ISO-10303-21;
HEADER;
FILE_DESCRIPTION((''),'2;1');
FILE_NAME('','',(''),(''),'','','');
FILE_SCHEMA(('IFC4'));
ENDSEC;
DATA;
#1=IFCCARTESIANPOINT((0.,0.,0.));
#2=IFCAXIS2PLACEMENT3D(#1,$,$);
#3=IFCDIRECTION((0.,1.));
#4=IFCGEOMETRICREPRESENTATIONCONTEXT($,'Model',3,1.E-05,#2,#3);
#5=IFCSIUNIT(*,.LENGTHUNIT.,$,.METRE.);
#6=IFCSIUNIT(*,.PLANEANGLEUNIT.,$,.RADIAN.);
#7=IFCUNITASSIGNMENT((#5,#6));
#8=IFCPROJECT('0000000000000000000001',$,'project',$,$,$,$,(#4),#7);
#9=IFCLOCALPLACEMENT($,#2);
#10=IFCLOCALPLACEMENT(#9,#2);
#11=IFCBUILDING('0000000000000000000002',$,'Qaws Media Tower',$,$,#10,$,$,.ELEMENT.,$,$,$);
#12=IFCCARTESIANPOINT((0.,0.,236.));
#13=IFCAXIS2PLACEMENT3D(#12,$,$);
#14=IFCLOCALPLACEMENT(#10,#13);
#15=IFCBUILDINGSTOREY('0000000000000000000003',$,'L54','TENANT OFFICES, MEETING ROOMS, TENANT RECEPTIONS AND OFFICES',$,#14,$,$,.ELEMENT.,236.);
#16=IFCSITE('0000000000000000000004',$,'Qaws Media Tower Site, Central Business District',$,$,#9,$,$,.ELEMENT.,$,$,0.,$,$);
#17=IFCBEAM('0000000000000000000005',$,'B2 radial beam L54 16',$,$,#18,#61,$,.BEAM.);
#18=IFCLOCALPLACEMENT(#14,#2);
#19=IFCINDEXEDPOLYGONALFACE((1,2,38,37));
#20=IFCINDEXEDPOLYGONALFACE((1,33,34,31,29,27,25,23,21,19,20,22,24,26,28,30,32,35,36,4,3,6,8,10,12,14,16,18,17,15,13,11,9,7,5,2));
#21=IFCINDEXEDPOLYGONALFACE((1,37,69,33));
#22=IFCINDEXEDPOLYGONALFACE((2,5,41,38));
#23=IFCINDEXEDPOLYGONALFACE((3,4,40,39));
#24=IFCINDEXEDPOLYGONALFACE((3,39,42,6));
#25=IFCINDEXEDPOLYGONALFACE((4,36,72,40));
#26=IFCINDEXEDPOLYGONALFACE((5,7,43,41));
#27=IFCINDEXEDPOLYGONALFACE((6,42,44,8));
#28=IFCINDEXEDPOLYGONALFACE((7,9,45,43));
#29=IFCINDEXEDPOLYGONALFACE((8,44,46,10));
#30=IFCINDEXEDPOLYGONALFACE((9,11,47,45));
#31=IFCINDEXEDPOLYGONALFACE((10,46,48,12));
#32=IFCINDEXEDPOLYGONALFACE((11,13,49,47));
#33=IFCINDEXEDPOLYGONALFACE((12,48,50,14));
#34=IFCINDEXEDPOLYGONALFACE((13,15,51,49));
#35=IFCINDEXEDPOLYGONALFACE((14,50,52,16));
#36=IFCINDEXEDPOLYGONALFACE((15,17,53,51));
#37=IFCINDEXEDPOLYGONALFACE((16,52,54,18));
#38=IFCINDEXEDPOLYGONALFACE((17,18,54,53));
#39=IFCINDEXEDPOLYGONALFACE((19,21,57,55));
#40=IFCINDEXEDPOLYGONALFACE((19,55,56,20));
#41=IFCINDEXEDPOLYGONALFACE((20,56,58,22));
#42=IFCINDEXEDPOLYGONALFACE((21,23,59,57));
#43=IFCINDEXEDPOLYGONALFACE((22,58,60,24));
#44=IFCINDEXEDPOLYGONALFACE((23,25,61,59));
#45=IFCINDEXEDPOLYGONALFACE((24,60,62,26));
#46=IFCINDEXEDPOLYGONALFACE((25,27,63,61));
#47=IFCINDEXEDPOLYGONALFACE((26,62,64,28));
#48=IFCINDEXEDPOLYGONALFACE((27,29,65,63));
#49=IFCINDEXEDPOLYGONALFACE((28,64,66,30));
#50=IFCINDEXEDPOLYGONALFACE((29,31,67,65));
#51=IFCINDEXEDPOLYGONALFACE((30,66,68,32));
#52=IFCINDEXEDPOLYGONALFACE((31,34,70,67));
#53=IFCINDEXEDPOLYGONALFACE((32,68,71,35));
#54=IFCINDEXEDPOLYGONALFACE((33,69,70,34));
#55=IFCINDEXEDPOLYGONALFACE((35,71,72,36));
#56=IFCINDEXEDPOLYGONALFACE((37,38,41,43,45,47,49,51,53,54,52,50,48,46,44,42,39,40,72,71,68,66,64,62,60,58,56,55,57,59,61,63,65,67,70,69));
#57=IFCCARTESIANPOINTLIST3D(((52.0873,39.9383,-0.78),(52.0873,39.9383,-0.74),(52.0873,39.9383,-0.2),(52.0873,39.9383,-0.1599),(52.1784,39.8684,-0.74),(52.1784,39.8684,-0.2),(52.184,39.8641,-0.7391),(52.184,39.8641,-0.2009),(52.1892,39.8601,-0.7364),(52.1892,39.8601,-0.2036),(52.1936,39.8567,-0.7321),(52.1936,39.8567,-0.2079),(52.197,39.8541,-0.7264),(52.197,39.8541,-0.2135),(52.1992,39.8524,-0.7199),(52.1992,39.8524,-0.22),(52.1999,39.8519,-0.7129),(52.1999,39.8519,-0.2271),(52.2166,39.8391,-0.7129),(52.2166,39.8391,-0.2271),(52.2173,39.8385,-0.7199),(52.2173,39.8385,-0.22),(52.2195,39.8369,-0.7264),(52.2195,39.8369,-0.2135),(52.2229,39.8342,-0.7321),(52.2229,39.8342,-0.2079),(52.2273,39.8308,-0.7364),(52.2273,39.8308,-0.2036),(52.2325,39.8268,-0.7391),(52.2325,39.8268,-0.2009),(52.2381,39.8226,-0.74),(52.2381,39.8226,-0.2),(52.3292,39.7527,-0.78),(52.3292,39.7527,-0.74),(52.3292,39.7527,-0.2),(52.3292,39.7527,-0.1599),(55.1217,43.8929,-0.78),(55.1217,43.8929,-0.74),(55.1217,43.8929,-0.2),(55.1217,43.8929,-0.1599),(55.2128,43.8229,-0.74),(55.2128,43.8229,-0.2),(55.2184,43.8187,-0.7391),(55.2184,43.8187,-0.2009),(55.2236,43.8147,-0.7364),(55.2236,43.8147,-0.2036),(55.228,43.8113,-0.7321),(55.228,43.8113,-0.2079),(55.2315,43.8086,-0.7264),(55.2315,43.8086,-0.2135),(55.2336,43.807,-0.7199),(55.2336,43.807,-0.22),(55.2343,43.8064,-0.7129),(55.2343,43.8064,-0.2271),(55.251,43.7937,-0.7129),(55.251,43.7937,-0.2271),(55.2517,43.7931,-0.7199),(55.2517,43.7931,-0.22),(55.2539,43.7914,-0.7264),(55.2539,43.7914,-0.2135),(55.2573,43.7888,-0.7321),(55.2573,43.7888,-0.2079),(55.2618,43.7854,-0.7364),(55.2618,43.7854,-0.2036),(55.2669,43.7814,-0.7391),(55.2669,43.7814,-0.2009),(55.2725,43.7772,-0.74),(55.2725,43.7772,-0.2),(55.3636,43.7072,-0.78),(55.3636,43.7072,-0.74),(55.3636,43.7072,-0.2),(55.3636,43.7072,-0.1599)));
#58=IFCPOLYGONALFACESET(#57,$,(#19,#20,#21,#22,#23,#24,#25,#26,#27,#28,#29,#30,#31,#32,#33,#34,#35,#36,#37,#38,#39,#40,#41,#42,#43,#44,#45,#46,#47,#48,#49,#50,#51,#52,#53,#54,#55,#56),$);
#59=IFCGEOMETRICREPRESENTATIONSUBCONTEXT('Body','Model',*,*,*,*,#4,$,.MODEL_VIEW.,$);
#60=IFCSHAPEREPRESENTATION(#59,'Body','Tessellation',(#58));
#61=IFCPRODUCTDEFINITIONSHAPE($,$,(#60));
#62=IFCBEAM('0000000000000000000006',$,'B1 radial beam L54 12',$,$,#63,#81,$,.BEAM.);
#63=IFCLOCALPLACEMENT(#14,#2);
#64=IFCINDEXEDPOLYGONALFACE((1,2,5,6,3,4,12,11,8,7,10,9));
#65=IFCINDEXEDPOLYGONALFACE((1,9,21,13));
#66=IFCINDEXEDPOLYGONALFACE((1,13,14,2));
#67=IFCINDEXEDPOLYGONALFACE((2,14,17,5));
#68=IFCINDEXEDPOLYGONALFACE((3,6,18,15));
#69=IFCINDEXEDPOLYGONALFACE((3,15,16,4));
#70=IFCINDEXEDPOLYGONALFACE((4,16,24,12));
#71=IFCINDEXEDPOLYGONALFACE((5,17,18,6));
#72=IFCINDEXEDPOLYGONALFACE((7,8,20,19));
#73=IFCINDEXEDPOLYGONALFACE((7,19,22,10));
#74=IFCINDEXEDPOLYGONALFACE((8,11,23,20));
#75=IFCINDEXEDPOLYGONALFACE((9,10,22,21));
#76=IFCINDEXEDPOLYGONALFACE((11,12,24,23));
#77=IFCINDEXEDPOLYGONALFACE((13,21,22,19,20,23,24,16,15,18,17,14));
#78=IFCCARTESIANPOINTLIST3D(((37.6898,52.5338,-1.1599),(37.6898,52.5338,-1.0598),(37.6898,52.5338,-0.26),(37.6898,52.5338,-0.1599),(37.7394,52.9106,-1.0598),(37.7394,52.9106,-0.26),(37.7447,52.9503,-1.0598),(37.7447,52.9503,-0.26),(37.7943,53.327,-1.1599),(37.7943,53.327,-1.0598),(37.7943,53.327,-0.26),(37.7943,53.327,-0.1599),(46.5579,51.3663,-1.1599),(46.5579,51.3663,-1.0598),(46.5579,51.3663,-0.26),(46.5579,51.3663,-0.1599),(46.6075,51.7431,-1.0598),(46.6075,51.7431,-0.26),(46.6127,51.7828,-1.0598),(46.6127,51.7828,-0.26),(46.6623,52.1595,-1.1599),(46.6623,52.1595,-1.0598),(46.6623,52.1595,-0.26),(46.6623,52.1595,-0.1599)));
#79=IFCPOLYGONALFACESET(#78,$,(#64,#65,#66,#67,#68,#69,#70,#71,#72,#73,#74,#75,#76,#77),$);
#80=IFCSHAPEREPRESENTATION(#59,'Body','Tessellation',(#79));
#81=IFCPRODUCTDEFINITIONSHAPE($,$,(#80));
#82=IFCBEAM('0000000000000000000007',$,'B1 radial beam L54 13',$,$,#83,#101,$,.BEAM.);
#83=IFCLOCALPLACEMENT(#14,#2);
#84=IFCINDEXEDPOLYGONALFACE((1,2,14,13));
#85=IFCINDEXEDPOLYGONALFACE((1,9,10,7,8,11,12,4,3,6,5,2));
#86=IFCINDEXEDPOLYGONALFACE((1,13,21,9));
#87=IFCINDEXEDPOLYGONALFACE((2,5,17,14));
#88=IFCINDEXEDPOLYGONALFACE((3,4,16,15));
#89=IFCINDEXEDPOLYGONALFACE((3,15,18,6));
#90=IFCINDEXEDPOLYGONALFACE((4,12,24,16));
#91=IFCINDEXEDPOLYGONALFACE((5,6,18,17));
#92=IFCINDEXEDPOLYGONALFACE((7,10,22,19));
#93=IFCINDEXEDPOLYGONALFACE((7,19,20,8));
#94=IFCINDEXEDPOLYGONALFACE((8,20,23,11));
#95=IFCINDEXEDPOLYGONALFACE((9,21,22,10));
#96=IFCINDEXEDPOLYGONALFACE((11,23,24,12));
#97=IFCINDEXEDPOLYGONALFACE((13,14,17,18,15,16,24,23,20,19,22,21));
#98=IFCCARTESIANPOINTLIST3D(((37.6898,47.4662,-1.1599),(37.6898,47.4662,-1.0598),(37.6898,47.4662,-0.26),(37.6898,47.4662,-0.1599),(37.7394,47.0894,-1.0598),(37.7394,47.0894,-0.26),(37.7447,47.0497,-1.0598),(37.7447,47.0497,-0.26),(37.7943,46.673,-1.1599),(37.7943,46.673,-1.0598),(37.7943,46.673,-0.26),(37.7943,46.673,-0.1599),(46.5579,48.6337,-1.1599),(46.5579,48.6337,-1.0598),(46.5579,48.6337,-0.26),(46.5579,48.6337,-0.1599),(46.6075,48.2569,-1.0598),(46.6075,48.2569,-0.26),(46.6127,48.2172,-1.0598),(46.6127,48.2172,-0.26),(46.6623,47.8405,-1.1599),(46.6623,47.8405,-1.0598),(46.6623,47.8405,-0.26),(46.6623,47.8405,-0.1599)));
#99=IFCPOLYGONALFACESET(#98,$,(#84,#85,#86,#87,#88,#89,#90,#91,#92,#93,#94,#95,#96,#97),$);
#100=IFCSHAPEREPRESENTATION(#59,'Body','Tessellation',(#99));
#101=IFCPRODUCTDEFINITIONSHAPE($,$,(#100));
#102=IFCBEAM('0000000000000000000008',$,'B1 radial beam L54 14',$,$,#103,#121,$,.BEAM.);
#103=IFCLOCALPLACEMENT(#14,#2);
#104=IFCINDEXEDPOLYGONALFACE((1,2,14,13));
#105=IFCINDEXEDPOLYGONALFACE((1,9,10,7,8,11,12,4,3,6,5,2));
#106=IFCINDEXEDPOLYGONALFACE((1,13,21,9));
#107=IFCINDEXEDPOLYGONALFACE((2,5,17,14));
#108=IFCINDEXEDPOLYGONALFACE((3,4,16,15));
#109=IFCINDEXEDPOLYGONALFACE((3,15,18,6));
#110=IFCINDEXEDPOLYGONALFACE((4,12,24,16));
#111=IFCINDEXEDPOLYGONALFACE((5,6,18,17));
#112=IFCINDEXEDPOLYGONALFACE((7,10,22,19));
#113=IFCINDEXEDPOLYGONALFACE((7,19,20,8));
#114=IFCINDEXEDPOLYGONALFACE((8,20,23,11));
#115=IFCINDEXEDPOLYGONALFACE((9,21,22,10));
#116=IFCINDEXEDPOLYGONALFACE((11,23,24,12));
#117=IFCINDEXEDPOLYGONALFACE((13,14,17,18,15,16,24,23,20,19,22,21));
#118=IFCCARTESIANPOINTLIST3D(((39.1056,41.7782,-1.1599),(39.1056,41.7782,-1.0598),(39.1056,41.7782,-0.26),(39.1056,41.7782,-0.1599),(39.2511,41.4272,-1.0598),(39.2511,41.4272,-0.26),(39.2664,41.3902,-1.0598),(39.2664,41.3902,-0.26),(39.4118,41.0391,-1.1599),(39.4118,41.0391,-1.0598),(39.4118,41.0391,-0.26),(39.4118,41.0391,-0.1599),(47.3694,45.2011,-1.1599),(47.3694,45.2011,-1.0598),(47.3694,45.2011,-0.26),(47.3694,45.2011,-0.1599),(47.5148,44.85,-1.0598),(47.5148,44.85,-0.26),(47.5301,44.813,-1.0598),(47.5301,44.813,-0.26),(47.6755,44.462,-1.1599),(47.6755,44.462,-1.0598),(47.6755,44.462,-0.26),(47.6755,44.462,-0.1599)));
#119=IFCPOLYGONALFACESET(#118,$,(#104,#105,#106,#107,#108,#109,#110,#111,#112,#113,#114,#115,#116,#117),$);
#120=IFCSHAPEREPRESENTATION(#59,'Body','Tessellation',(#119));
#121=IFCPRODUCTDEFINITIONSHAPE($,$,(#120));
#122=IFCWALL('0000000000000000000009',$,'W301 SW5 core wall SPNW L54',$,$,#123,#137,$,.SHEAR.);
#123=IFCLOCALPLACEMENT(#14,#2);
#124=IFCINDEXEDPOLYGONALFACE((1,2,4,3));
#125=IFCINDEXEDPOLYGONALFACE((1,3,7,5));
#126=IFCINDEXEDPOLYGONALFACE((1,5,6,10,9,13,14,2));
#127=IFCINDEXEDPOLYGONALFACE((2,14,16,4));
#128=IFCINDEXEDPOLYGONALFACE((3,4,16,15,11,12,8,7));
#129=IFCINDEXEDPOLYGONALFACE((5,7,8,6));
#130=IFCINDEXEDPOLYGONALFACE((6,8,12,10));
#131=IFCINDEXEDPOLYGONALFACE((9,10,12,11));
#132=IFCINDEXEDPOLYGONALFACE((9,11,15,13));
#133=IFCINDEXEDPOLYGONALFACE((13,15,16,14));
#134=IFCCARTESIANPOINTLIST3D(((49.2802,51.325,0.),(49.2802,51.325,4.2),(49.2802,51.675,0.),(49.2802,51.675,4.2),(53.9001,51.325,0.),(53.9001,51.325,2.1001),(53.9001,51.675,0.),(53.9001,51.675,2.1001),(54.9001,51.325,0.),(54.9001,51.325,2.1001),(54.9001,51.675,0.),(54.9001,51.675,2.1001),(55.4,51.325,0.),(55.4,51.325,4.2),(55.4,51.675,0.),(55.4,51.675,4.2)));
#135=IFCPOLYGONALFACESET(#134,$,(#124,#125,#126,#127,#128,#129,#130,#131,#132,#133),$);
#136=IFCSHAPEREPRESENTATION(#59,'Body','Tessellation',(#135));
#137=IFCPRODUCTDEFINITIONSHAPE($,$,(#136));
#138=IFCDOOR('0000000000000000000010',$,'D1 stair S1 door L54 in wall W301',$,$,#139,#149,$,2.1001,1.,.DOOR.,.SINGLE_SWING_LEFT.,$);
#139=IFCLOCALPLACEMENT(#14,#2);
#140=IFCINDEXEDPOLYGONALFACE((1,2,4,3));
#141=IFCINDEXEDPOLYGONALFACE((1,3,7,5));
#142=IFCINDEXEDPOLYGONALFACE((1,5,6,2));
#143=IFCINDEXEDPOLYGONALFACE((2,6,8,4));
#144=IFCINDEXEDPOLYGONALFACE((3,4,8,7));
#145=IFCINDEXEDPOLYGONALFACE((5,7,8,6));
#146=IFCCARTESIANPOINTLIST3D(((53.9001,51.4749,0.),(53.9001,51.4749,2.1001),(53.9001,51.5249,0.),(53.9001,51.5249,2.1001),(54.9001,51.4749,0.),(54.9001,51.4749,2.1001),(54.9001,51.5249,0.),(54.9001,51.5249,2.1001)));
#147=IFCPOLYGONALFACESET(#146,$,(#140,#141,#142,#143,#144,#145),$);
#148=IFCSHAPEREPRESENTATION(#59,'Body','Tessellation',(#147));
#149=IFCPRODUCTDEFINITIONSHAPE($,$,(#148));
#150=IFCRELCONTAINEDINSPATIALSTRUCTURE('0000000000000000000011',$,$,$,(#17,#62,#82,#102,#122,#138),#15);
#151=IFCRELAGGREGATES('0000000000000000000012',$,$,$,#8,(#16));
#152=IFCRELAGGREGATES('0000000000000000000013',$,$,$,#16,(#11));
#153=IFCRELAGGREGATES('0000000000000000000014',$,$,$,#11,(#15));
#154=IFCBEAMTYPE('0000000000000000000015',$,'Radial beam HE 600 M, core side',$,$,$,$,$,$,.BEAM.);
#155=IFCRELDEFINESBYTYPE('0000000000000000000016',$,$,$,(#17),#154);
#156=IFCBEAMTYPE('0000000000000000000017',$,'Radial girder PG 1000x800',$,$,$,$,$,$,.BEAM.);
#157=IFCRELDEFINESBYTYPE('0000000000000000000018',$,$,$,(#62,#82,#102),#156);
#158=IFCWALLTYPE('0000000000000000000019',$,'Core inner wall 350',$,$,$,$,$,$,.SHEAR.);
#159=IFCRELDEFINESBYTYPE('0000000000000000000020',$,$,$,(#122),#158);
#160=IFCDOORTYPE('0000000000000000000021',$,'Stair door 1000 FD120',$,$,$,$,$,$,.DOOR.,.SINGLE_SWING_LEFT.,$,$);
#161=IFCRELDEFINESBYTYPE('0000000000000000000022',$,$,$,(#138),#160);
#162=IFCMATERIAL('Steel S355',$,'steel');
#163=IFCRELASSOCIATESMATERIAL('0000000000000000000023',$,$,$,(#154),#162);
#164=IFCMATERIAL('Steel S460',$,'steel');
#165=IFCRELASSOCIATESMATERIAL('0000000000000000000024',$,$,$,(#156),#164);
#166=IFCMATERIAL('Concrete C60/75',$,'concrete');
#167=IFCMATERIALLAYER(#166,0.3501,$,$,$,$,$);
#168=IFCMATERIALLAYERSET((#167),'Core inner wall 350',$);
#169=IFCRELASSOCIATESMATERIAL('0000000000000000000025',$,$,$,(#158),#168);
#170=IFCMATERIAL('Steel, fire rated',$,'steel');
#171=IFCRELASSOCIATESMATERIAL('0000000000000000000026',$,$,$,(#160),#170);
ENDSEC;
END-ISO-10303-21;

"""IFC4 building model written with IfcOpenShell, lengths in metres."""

from ifc_helpers import new_model, si_unit, direction, frame, frame_2d, origin, origin_2d, place, context, subcontext, project, spatial, rectangle, i_section, extrude, material, layer, layer_set, material_profile, profile_set, type_object, element, fill, save


model = new_model("IFC4")

# Units and contexts
model_context = context("Model", 3, precision=1e-05, world=origin(), true_north=direction((0.0, 1.0)))
body_context = subcontext(model_context, "Body", "Model", "MODEL_VIEW")
ifc_project = project(units=[si_unit("LENGTHUNIT", "METRE"), si_unit("PLANEANGLEUNIT", "RADIAN")], contexts=[model_context])

# Site, building, storey
site_placement = place(None, origin())
site = spatial("IfcSite", under=ifc_project, at=site_placement, Name="Qaws Media Tower Site, Central Business District", CompositionType="ELEMENT", RefElevation=0.0)
building_placement = place(site_placement, origin())
building = spatial("IfcBuilding", under=site, at=building_placement, Name="Qaws Media Tower", CompositionType="ELEMENT")
storey_placement = place(building_placement, frame((0.0, 0.0, 236.0)))
storey = spatial("IfcBuildingStorey", under=building, at=storey_placement, Name="L54", Description="TENANT OFFICES, MEETING ROOMS, TENANT RECEPTIONS AND OFFICES", CompositionType="ELEMENT", Elevation=236.0)

# Beams
ifc_material_1 = material(Name="Steel S355", Category="steel")
ifc_material_profile_1 = material_profile(ifc_material_1, i_section(OverallWidth=0.3049, OverallDepth=0.6201, WebThickness=0.021, FlangeThickness=0.04, FilletRadius=0.0271, at=origin_2d()), Name="HE 600 M")
ifc_profile_set_1 = profile_set([ifc_material_profile_1], Name="Steel S355")
beam_type_1 = type_object("IfcBeamType", Name="Radial beam HE 600 M, core side", PredefinedType="BEAM", material=ifc_profile_set_1)
beam_1_placement = place(storey_placement, frame((55.2427, 43.8, -0.47), z_axis=(-0.608756, -0.793357, 0.0), x_axis=(0.793357, -0.608756, 0.0)))
element("IfcBeam", 1, at=beam_1_placement, inside=storey, type_object=beam_type_1, Name="B2 radial beam L54 16", PredefinedType="BEAM", context=body_context, shape_type="SweptSolid", body=[
    extrude(i_section(OverallWidth=0.3049, OverallDepth=0.6201, WebThickness=0.021, FlangeThickness=0.04, FilletRadius=0.0271, at=origin_2d()), origin(), (0.0, 0.0, 1.0), 4.9846),
])
ifc_material_2 = material(Name="Steel S460", Category="steel")
ifc_material_profile_2 = material_profile(ifc_material_2, i_section(OverallWidth=0.8, OverallDepth=1.0, WebThickness=0.04, FlangeThickness=0.1001, at=origin_2d()), Name="PG 1000x800")
ifc_profile_set_2 = profile_set([ifc_material_profile_2], Name="Steel S460")
beam_type_2 = type_object("IfcBeamType", Name="Radial girder PG 1000x800", PredefinedType="BEAM", material=ifc_profile_set_2)
for number, where, z_axis, x_axis, name in (
    (2, (46.6101, 51.7629, -0.6599), (-0.991445, 0.130522, 0.0), (-0.130522, -0.991445, 0.0), "B1 radial beam L54 12"),
    (3, (46.6101, 48.2371, -0.6599), (-0.991445, -0.130522, 0.0), (0.130522, -0.991445, 0.0), "B1 radial beam L54 13"),
    (4, (47.5225, 44.8315, -0.6599), (-0.923882, -0.382676, 0.0), (0.382676, -0.923882, 0.0), "B1 radial beam L54 14"),
):
    element("IfcBeam", number, at=place(storey_placement, frame(where, z_axis=z_axis, x_axis=x_axis)), inside=storey, type_object=beam_type_2, Name=name, PredefinedType="BEAM", context=body_context, shape_type="SweptSolid", body=[
        extrude(i_section(OverallWidth=0.8, OverallDepth=1.0, WebThickness=0.04, FlangeThickness=0.1001, at=origin_2d()), origin(), (0.0, 0.0, 1.0), 8.9446),
    ])

# Wall, opening, door
ifc_material_3 = material(Name="Concrete C60/75", Category="concrete")
ifc_layer_1 = layer(ifc_material_3, 0.3501)
ifc_layer_set_1 = layer_set([ifc_layer_1], Name="Core inner wall 350")
wall_type_1 = type_object("IfcWallType", Name="Core inner wall 350", PredefinedType="SHEAR", material=ifc_layer_set_1)
wall_1_placement = place(storey_placement, frame((49.28, 51.5, 0.0), z_axis=(0.0, 0.0, 1.0), x_axis=(1.0, 0.0, 0.0)))
wall_1 = element("IfcWall", 5, at=wall_1_placement, inside=storey, type_object=wall_type_1, Name="W301 SW5 core wall SPNW L54", PredefinedType="SHEAR", context=body_context, shape_type="SweptSolid", body=[
    extrude(rectangle(XDim=6.1199, YDim=0.3501, at=frame_2d((3.0601, 0.0))), origin(), (0.0, 0.0, 1.0), 4.2),
])
opening_1_placement = place(wall_1_placement, frame((4.6201, 0.0, 0.0)))
opening_1 = element("IfcOpeningElement", 6, at=opening_1_placement, cuts=wall_1, PredefinedType="OPENING", context=body_context, shape_type="SweptSolid", body=[
    extrude(rectangle(XDim=1.0, YDim=2.1001, at=frame_2d((0.5, 1.05))), frame((0.0, 0.1851, 0.0), z_axis=(0.0, -1.0, 0.0), x_axis=(1.0, 0.0, 0.0)), (0.0, 0.0, 1.0), 0.3701),
])
ifc_material_4 = material(Name="Steel, fire rated", Category="steel")
door_type_1 = type_object("IfcDoorType", Name="Stair door 1000 FD120", OperationType="SINGLE_SWING_LEFT", PredefinedType="DOOR", material=ifc_material_4)
door_1_placement = place(opening_1_placement, origin())
door_1 = element("IfcDoor", 7, at=door_1_placement, inside=storey, type_object=door_type_1, Name="D1 stair S1 door L54 in wall W301", OperationType="SINGLE_SWING_LEFT", OverallHeight=2.1001, OverallWidth=1.0, PredefinedType="DOOR", context=body_context, shape_type="SweptSolid", body=[
    extrude(rectangle(XDim=1.0, YDim=2.1001, at=frame_2d((0.5, 1.05))), frame((0.0, 0.0249, 0.0), z_axis=(0.0, -1.0, 0.0), x_axis=(1.0, 0.0, 0.0)), (0.0, 0.0, 1.0), 0.05),
])
fill(opening_1, door_1)

save(model, "model.ifc")
